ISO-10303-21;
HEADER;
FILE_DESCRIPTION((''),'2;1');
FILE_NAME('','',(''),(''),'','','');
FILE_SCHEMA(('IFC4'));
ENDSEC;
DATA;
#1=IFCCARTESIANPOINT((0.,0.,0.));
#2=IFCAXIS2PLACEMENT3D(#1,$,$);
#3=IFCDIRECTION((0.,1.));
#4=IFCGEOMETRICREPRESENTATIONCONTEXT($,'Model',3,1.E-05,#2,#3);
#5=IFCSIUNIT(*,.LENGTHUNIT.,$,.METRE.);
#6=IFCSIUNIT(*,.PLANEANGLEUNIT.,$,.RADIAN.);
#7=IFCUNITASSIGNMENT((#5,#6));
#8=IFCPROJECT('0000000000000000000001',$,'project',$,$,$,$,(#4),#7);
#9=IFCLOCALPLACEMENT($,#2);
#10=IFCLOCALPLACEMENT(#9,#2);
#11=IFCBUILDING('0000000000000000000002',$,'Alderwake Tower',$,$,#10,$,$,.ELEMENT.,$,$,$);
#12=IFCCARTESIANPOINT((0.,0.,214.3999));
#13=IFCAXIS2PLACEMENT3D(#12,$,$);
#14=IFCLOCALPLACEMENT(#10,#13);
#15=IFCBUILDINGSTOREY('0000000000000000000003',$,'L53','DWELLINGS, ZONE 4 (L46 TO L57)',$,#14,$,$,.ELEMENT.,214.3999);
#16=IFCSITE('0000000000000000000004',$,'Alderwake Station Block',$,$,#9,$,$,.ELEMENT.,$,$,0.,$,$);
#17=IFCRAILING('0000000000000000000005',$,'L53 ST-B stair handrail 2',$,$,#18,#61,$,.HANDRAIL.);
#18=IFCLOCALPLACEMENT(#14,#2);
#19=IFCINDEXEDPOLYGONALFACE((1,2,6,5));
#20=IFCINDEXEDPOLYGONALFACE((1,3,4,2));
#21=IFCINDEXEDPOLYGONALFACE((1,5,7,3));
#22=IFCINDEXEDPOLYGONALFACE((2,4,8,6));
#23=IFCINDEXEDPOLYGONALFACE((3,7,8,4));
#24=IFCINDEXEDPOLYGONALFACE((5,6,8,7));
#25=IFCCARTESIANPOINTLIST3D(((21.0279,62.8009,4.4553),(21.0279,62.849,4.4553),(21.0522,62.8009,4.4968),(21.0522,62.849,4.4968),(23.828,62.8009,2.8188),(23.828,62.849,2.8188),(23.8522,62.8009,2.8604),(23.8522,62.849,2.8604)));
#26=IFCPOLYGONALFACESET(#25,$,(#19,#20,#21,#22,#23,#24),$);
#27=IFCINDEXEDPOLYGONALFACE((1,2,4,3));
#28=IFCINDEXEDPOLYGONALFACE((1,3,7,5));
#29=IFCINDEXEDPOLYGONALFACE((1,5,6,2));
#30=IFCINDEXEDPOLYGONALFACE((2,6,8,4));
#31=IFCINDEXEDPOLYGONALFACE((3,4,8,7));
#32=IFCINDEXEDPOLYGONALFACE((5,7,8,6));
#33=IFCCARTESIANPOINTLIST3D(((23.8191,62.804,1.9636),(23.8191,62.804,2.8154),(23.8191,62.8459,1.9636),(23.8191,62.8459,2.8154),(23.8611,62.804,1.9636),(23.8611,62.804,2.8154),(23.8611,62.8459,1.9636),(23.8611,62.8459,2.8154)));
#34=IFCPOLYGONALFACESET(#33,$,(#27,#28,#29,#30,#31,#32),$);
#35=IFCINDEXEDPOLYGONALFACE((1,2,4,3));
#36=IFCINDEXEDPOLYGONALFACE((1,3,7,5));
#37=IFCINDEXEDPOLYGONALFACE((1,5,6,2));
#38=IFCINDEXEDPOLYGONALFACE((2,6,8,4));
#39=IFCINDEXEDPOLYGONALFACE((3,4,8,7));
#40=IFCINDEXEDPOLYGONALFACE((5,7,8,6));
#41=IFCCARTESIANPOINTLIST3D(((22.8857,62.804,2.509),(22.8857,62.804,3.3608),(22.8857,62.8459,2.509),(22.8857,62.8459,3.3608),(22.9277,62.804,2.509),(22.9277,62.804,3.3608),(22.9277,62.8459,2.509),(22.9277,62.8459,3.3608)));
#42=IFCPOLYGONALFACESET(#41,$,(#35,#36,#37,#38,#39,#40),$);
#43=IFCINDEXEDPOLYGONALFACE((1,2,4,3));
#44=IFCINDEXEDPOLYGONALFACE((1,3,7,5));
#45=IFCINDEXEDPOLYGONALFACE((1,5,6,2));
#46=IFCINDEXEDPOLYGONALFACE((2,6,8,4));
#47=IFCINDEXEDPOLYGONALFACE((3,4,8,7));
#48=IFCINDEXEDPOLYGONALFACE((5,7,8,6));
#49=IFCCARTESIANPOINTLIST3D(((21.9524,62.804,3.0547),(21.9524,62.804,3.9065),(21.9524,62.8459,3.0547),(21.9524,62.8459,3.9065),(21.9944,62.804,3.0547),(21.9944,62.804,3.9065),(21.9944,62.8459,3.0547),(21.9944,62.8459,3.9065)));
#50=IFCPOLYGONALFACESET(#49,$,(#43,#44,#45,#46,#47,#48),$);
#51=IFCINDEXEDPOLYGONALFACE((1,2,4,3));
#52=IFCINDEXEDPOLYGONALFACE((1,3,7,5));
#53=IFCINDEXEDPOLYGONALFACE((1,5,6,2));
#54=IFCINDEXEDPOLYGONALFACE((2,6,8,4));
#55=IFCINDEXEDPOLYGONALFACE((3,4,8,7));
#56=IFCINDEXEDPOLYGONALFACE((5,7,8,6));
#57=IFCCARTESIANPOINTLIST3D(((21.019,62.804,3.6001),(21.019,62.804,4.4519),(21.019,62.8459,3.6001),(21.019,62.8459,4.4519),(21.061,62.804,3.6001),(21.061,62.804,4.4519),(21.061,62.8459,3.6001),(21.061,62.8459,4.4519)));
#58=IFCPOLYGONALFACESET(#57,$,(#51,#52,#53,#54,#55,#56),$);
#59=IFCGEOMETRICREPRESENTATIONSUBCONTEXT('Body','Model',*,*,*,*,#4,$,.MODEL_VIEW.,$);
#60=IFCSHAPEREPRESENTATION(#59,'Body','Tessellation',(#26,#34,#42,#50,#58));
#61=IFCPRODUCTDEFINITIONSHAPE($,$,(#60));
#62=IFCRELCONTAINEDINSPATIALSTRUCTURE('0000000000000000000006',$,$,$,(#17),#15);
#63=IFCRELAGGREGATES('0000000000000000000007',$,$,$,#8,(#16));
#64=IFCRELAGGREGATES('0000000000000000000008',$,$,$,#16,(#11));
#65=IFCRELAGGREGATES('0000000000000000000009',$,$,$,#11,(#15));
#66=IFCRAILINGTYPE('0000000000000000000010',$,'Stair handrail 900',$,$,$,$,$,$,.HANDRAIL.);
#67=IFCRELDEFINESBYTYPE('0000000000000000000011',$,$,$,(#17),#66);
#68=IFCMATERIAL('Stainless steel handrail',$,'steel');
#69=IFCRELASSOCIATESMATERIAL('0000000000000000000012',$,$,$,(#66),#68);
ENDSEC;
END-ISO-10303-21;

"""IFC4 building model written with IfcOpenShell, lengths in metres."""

from ifc_helpers import new_model, si_unit, direction, frame, origin, origin_2d, place, context, subcontext, project, spatial, rectangle, extrude, material, type_object, element, save


model = new_model("IFC4")

# Units and contexts
model_context = context("Model", 3, precision=1e-05, world=origin(), true_north=direction((0.0, 1.0)))
body_context = subcontext(model_context, "Body", "Model", "MODEL_VIEW")
ifc_project = project(units=[si_unit("LENGTHUNIT", "METRE"), si_unit("PLANEANGLEUNIT", "RADIAN")], contexts=[model_context])

# Site, building, storey
site_placement = place(None, origin())
site = spatial("IfcSite", under=ifc_project, at=site_placement, Name="Alderwake Station Block", CompositionType="ELEMENT", RefElevation=0.0)
building_placement = place(site_placement, origin())
building = spatial("IfcBuilding", under=site, at=building_placement, Name="Alderwake Tower", CompositionType="ELEMENT")
storey_placement = place(building_placement, frame((0.0, 0.0, 214.3999)))
storey = spatial("IfcBuildingStorey", under=building, at=storey_placement, Name="L53", Description="DWELLINGS, ZONE 4 (L46 TO L57)", CompositionType="ELEMENT", Elevation=214.3999)

# Railing
ifc_material_1 = material(Name="Stainless steel handrail", Category="steel")
railing_type_1 = type_object("IfcRailingType", Name="Stair handrail 900", PredefinedType="HANDRAIL", material=ifc_material_1)
railing_1_placement = place(storey_placement, frame((23.8401, 62.825, 1.9636)))
element("IfcRailing", 1, at=railing_1_placement, inside=storey, type_object=railing_type_1, Name="L53 ST-B stair handrail 2", PredefinedType="HANDRAIL", context=body_context, shape_type="SweptSolid", body=[
    extrude(rectangle(XDim=0.0481, YDim=0.0481, at=origin_2d()), frame((0.0, 0.0, 0.876), z_axis=(-0.863361, 0.0, 0.504587), x_axis=(0.0, -1.0, 0.0)), (0.0, 0.0, 1.0), 3.2432),
    extrude(rectangle(XDim=0.042, YDim=0.042, at=origin_2d()), frame((0.0, 0.0, 0.0), z_axis=(0.0, 0.0, 1.0), x_axis=(-1.0, 0.0, 0.0)), (0.0, 0.0, 1.0), 0.8518),
    extrude(rectangle(XDim=0.042, YDim=0.042, at=origin_2d()), frame((-0.9333, 0.0, 0.5454), z_axis=(0.0, 0.0, 1.0), x_axis=(-1.0, 0.0, 0.0)), (0.0, 0.0, 1.0), 0.8518),
    extrude(rectangle(XDim=0.042, YDim=0.042, at=origin_2d()), frame((-1.8667, 0.0, 1.0911), z_axis=(0.0, 0.0, 1.0), x_axis=(-1.0, 0.0, 0.0)), (0.0, 0.0, 1.0), 0.8518),
    extrude(rectangle(XDim=0.042, YDim=0.042, at=origin_2d()), frame((-2.8, 0.0, 1.6365), z_axis=(0.0, 0.0, 1.0), x_axis=(-1.0, 0.0, 0.0)), (0.0, 0.0, 1.0), 0.8518),
])

save(model, "model.ifc")
